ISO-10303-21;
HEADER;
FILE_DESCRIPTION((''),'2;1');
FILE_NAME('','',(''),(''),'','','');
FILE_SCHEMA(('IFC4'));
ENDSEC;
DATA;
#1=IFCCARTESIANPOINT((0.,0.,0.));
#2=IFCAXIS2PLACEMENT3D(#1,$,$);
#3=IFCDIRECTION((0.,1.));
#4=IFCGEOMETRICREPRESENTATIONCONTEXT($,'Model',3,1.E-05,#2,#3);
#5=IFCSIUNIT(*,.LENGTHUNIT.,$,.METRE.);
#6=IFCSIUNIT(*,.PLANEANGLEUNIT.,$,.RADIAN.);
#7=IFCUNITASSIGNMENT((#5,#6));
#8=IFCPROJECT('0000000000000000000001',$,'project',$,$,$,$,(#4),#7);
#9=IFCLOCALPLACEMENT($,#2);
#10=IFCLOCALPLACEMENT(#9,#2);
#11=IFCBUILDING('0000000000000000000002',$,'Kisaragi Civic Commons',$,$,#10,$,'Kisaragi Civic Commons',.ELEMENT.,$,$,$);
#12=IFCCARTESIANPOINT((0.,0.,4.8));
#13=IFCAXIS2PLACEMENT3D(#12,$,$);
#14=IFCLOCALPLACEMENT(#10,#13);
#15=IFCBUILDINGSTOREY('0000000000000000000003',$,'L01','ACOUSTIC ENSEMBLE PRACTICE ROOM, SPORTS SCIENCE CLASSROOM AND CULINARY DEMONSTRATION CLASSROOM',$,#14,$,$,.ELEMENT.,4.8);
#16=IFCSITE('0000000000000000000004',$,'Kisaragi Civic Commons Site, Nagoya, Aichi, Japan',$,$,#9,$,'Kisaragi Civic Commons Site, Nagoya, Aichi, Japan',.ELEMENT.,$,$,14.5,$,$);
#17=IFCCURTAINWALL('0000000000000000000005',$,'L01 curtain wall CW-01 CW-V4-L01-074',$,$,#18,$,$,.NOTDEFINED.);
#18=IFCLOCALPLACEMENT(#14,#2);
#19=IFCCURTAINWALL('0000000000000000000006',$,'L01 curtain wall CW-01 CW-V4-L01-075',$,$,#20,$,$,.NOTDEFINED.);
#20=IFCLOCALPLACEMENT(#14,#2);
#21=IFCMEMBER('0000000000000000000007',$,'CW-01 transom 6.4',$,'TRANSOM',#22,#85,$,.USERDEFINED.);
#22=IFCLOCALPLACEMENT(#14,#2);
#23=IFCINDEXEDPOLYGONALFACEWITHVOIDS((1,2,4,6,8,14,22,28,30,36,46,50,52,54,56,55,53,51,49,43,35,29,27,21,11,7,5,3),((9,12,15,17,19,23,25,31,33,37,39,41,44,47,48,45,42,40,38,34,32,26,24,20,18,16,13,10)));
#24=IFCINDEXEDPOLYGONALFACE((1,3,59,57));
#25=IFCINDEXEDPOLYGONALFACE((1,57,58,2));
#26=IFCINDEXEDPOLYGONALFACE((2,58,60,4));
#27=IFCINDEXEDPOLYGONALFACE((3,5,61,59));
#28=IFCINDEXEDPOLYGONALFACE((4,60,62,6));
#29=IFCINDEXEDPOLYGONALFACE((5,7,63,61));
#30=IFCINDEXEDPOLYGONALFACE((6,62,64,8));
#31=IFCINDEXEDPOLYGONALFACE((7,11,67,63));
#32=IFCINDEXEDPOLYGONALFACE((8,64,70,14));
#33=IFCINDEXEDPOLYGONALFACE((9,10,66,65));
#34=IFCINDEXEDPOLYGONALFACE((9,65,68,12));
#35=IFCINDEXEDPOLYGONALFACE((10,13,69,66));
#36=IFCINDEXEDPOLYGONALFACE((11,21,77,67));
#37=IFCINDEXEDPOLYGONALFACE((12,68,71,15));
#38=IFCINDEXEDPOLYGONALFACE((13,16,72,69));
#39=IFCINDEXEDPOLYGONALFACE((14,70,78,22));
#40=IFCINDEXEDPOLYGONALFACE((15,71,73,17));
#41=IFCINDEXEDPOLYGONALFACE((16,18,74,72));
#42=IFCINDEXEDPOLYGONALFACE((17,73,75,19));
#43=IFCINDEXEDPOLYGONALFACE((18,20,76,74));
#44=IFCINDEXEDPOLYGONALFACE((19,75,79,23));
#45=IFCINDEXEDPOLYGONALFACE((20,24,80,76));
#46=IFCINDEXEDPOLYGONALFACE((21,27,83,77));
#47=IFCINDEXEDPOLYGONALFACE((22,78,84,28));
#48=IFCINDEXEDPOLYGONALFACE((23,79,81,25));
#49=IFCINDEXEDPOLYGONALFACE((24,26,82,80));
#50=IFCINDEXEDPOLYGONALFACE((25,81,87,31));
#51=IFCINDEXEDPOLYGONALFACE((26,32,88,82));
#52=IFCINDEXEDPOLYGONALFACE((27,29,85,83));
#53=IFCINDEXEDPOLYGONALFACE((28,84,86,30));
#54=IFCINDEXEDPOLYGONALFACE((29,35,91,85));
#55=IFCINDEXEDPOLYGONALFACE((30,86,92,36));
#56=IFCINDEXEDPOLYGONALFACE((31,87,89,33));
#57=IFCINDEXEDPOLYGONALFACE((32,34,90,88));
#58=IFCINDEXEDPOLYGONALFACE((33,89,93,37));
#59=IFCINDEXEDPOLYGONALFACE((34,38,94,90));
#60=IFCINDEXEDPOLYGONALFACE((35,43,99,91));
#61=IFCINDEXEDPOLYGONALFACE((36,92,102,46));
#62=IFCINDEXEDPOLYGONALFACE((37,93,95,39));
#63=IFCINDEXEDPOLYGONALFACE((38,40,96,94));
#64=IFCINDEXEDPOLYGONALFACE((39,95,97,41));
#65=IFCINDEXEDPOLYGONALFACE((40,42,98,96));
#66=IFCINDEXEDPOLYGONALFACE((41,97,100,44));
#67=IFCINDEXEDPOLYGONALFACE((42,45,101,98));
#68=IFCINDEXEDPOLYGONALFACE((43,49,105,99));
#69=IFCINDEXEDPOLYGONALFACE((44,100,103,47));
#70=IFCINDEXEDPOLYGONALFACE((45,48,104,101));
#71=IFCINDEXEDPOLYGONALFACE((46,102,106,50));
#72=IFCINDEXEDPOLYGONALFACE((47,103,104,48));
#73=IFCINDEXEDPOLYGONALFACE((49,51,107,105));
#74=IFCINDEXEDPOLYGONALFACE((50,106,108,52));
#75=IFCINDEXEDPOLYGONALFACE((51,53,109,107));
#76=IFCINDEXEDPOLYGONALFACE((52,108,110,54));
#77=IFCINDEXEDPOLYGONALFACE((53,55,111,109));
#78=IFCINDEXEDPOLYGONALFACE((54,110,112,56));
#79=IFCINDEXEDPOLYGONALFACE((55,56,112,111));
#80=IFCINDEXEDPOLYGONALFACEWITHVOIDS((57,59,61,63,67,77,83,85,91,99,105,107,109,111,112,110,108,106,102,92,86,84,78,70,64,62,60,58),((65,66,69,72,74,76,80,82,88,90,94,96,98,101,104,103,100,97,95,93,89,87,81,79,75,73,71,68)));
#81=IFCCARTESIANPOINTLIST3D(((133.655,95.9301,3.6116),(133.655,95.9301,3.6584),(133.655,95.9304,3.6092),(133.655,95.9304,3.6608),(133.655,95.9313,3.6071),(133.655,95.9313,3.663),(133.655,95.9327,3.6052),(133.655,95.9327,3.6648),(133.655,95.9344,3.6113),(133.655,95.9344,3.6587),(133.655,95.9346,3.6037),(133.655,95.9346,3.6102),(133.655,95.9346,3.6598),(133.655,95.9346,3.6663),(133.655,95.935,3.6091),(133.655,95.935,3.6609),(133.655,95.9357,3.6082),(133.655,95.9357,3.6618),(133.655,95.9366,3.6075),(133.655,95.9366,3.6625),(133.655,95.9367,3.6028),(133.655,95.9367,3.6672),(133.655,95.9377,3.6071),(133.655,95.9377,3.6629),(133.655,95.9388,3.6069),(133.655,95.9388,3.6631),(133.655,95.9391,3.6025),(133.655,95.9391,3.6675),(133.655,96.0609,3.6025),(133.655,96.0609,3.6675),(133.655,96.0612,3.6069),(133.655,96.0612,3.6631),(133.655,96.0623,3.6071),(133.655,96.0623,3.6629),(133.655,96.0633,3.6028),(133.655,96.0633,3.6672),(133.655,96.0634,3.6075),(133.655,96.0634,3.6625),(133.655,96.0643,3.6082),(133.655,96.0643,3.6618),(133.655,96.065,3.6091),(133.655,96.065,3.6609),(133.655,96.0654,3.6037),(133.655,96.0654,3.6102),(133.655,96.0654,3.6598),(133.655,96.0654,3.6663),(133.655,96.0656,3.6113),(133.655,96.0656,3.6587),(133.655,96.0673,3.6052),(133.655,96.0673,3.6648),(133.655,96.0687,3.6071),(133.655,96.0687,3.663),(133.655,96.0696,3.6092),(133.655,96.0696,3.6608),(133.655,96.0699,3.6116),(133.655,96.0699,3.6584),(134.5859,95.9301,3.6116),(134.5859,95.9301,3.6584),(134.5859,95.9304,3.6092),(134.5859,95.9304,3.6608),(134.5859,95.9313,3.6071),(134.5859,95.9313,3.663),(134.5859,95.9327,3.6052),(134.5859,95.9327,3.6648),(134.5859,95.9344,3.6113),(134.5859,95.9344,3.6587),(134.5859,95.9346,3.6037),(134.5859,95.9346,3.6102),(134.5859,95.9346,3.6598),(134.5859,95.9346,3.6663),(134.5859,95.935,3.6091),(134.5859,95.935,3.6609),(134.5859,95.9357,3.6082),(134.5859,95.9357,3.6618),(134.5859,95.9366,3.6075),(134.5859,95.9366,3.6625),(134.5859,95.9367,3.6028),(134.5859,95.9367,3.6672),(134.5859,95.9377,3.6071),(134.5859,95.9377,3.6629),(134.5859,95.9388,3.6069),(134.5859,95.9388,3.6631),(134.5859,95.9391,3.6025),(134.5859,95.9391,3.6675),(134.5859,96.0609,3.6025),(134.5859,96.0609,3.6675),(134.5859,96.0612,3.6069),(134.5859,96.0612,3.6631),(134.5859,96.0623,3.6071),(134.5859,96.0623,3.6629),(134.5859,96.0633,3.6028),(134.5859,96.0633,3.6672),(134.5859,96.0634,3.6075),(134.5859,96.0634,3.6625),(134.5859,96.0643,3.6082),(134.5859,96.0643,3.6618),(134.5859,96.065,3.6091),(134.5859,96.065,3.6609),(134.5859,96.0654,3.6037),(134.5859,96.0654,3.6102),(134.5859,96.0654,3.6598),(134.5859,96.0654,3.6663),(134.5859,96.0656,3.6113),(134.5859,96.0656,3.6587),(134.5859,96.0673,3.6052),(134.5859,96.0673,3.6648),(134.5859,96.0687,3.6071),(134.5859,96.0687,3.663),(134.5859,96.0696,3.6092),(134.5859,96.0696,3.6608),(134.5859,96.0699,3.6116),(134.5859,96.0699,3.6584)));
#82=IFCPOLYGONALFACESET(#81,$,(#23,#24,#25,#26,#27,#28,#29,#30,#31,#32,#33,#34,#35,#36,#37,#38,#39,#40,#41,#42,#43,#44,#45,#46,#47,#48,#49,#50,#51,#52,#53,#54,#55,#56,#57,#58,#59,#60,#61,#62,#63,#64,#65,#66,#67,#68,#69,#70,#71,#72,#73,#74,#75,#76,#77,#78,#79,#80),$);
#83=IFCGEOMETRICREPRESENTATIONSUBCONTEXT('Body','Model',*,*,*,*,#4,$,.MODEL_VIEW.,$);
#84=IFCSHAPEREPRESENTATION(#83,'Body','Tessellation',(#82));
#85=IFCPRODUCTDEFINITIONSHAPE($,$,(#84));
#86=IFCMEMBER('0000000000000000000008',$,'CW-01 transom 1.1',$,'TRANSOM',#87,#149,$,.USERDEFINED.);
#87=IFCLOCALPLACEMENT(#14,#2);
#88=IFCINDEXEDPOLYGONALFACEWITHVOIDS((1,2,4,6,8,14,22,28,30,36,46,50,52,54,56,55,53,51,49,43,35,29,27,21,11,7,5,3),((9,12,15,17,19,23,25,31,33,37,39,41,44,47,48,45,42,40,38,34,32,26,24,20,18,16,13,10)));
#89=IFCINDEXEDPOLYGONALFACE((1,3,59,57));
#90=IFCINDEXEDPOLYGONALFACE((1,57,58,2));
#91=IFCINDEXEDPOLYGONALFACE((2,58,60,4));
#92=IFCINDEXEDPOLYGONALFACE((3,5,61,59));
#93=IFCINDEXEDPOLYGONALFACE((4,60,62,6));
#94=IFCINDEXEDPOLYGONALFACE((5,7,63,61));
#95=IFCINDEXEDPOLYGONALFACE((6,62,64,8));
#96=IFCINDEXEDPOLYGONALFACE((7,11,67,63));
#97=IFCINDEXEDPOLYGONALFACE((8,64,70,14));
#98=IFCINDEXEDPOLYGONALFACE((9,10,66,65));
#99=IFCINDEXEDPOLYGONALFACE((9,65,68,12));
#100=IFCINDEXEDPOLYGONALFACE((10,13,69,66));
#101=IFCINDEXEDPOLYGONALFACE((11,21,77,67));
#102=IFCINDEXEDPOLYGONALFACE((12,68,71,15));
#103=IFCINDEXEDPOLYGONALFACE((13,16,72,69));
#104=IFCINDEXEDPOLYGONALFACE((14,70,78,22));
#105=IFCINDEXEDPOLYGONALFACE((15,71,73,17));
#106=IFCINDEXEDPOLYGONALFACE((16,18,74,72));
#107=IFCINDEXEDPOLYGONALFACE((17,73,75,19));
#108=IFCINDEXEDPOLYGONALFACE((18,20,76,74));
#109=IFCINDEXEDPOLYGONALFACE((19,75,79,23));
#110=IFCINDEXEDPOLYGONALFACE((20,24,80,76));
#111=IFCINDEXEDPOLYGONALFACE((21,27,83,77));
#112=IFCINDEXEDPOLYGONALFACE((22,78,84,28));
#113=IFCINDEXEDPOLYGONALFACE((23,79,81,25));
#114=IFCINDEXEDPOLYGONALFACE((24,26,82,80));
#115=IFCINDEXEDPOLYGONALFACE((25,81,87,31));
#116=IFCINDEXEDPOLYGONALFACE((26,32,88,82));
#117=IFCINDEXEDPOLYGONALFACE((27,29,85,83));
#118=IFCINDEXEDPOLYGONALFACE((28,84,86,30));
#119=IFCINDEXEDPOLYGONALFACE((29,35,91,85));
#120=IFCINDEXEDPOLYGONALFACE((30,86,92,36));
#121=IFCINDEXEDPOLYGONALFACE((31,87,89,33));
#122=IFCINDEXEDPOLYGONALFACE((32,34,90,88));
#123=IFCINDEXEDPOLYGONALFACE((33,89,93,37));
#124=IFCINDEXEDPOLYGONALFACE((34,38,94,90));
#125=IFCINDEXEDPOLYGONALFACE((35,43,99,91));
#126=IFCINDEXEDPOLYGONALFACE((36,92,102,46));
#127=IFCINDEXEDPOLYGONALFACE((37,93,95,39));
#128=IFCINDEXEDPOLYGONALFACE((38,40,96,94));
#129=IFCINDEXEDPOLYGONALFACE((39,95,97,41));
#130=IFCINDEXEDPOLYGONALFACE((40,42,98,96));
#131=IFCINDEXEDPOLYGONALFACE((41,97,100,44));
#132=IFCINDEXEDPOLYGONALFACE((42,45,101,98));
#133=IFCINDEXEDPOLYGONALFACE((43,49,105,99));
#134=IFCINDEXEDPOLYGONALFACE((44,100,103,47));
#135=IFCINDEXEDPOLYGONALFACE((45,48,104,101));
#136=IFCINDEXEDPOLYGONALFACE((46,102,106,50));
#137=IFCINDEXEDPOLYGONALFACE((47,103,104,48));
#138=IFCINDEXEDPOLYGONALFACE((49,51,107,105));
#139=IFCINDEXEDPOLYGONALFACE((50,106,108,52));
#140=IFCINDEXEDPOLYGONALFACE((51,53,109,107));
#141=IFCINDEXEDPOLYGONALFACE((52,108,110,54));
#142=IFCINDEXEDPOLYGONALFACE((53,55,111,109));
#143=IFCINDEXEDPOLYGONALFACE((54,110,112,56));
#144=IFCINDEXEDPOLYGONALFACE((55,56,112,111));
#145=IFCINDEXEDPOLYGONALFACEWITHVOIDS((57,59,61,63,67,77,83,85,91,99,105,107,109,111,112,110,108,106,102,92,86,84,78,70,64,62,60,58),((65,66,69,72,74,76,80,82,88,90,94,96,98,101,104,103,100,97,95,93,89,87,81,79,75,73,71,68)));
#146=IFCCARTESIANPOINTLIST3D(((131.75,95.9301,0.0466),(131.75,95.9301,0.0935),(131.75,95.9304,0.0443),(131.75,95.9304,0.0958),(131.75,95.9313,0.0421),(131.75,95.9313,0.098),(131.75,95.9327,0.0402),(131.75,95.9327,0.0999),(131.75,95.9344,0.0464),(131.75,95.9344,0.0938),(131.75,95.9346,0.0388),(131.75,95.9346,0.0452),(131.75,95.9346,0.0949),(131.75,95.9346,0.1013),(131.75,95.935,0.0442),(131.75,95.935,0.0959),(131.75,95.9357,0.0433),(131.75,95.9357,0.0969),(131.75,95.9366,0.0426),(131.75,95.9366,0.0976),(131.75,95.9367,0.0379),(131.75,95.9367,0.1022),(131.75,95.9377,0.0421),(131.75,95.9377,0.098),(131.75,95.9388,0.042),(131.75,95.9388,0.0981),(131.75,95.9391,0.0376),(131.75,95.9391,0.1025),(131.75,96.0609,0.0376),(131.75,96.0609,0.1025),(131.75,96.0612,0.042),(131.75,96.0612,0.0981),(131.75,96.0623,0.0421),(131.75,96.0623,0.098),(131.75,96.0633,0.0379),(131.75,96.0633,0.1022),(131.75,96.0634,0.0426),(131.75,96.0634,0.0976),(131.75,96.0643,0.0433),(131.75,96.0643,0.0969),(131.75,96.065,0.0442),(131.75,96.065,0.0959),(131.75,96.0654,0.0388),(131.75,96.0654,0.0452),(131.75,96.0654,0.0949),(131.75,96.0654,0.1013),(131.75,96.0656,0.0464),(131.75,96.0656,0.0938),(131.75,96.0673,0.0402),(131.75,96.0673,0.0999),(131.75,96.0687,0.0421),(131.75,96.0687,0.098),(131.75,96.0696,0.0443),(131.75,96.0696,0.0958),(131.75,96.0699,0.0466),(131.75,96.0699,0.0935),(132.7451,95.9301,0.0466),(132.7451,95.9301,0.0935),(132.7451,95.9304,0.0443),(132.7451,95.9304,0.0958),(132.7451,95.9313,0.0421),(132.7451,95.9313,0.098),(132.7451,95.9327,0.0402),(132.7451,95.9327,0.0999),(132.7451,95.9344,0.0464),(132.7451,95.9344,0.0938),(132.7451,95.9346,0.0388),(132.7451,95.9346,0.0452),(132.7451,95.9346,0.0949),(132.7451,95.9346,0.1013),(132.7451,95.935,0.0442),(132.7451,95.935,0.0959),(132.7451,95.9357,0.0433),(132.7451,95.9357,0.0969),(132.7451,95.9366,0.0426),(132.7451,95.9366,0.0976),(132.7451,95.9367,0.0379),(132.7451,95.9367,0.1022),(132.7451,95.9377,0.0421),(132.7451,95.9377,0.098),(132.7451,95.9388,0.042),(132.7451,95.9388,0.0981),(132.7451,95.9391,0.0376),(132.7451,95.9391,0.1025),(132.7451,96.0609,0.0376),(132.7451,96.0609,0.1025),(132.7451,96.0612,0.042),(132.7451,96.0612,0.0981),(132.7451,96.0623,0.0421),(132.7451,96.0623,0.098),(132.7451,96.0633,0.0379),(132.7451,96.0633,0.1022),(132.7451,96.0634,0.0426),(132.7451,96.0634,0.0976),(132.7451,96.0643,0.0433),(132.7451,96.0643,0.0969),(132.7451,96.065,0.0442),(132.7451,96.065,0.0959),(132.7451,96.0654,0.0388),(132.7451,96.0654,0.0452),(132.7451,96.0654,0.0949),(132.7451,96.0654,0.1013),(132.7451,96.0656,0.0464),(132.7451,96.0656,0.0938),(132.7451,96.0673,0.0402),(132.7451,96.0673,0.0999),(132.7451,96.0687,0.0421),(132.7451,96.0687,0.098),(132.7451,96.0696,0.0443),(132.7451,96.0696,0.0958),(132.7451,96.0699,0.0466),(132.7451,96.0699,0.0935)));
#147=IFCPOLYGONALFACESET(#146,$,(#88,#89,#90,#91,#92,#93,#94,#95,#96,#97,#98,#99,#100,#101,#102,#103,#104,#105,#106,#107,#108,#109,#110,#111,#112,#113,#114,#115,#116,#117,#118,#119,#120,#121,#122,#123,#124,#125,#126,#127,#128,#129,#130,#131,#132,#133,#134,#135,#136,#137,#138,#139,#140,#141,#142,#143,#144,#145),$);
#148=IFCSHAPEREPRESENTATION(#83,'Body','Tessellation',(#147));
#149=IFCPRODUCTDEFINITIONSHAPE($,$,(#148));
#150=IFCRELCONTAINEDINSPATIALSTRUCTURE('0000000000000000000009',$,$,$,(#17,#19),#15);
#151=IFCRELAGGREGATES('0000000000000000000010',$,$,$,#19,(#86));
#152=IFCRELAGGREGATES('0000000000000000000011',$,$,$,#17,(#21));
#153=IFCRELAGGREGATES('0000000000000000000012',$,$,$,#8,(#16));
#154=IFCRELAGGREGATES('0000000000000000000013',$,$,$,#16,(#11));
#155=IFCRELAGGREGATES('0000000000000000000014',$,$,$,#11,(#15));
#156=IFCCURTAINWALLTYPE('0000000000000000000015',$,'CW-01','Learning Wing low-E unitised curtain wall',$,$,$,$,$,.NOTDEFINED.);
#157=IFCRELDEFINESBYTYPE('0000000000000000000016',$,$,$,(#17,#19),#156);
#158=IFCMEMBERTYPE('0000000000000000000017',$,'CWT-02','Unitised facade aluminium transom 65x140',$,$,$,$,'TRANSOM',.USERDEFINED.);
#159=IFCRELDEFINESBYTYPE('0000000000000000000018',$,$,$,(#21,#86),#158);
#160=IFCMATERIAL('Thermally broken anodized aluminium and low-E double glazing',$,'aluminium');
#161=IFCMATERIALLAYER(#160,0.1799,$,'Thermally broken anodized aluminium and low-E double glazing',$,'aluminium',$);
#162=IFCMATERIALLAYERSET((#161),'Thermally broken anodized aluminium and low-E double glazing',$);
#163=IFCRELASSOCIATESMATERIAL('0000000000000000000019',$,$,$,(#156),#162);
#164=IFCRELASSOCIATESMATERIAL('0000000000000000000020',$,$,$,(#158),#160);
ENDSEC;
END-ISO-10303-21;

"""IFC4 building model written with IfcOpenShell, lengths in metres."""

from ifc_helpers import new_model, si_unit, direction, frame, origin, origin_2d, place, context, subcontext, project, spatial, hollow_rectangle, extrude, material, layer, layer_set, material_profile, profile_set, type_object, element, aggregate, save


model = new_model("IFC4")

# Units and contexts
model_context = context("Model", 3, precision=1e-05, world=origin(), true_north=direction((0.0, 1.0)))
body_context = subcontext(model_context, "Body", "Model", "MODEL_VIEW")
ifc_project = project(units=[si_unit("LENGTHUNIT", "METRE"), si_unit("PLANEANGLEUNIT", "RADIAN")], contexts=[model_context])

# Site, building, storey
site_placement = place(None, origin())
site = spatial("IfcSite", under=ifc_project, at=site_placement, Name="Kisaragi Civic Commons Site, Nagoya, Aichi, Japan", LongName="Kisaragi Civic Commons Site, Nagoya, Aichi, Japan", CompositionType="ELEMENT", RefElevation=14.5)
building_placement = place(site_placement, origin())
building = spatial("IfcBuilding", under=site, at=building_placement, Name="Kisaragi Civic Commons", LongName="Kisaragi Civic Commons", CompositionType="ELEMENT")
storey_placement = place(building_placement, frame((0.0, 0.0, 4.8)))
storey = spatial("IfcBuildingStorey", under=building, at=storey_placement, Name="L01", Description="ACOUSTIC ENSEMBLE PRACTICE ROOM, SPORTS SCIENCE CLASSROOM AND CULINARY DEMONSTRATION CLASSROOM", CompositionType="ELEMENT", Elevation=4.8)

# Curtain wall
ifc_material_1 = material(Name="Thermally broken anodized aluminium and low-E double glazing", Category="aluminium")
ifc_layer_1 = layer(ifc_material_1, 0.1799, Name="Thermally broken anodized aluminium and low-E double glazing", Category="aluminium")
ifc_layer_set_1 = layer_set([ifc_layer_1], Name="Thermally broken anodized aluminium and low-E double glazing")
curtain_wall_type = type_object("IfcCurtainWallType", Name="CW-01", Description="Learning Wing low-E unitised curtain wall", PredefinedType="NOTDEFINED", material=ifc_layer_set_1)
curtain_wall_1_placement = place(storey_placement, origin())
curtain_wall_1 = element("IfcCurtainWall", 1, at=curtain_wall_1_placement, inside=storey, type_object=curtain_wall_type, Name="L01 curtain wall CW-01 CW-V4-L01-074", PredefinedType="NOTDEFINED")

# Curtain wall
curtain_wall_2_placement = place(storey_placement, origin())
curtain_wall_2 = element("IfcCurtainWall", 2, at=curtain_wall_2_placement, inside=storey, type_object=curtain_wall_type, Name="L01 curtain wall CW-01 CW-V4-L01-075", PredefinedType="NOTDEFINED")

# Members
ifc_material_profile_1 = material_profile(ifc_material_1, hollow_rectangle(XDim=0.1399, YDim=0.0649, WallThickness=0.0044, InnerFilletRadius=0.0044, OuterFilletRadius=0.009, at=origin_2d()), Name="CWT-65x140x4.5", Category="aluminium")
ifc_profile_set_1 = profile_set([ifc_material_profile_1], Name="Thermally broken anodized aluminium and low-E double glazing")
member_type_1 = type_object("IfcMemberType", Name="CWT-02", Description="Unitised facade aluminium transom 65x140", ElementType="TRANSOM", PredefinedType="USERDEFINED", material=ifc_profile_set_1)
member_1_placement = place(storey_placement, frame((134.5859, 96.0, 3.635), z_axis=(-1.0, 0.0, 0.0), x_axis=(0.0, -1.0, 0.0)))
member_1 = element("IfcMember", 3, at=member_1_placement, type_object=member_type_1, Name="CW-01 transom 6.4", ObjectType="TRANSOM", PredefinedType="USERDEFINED", context=body_context, shape_type="SweptSolid", body=[
    extrude(hollow_rectangle(XDim=0.1399, YDim=0.0649, WallThickness=0.0044, InnerFilletRadius=0.0044, OuterFilletRadius=0.009, at=origin_2d()), origin(), (0.0, 0.0, 1.0), 0.9309),
])
member_2_placement = place(storey_placement, frame((132.7451, 96.0, 0.0701), z_axis=(-1.0, 0.0, 0.0), x_axis=(0.0, -1.0, 0.0)))
member_2 = element("IfcMember", 4, at=member_2_placement, type_object=member_type_1, Name="CW-01 transom 1.1", ObjectType="TRANSOM", PredefinedType="USERDEFINED", context=body_context, shape_type="SweptSolid", body=[
    extrude(hollow_rectangle(XDim=0.1399, YDim=0.0649, WallThickness=0.0044, InnerFilletRadius=0.0044, OuterFilletRadius=0.009, at=origin_2d()), origin(), (0.0, 0.0, 1.0), 0.9951),
])

aggregate(curtain_wall_2, [member_2])
aggregate(curtain_wall_1, [member_1])

save(model, "model.ifc")
